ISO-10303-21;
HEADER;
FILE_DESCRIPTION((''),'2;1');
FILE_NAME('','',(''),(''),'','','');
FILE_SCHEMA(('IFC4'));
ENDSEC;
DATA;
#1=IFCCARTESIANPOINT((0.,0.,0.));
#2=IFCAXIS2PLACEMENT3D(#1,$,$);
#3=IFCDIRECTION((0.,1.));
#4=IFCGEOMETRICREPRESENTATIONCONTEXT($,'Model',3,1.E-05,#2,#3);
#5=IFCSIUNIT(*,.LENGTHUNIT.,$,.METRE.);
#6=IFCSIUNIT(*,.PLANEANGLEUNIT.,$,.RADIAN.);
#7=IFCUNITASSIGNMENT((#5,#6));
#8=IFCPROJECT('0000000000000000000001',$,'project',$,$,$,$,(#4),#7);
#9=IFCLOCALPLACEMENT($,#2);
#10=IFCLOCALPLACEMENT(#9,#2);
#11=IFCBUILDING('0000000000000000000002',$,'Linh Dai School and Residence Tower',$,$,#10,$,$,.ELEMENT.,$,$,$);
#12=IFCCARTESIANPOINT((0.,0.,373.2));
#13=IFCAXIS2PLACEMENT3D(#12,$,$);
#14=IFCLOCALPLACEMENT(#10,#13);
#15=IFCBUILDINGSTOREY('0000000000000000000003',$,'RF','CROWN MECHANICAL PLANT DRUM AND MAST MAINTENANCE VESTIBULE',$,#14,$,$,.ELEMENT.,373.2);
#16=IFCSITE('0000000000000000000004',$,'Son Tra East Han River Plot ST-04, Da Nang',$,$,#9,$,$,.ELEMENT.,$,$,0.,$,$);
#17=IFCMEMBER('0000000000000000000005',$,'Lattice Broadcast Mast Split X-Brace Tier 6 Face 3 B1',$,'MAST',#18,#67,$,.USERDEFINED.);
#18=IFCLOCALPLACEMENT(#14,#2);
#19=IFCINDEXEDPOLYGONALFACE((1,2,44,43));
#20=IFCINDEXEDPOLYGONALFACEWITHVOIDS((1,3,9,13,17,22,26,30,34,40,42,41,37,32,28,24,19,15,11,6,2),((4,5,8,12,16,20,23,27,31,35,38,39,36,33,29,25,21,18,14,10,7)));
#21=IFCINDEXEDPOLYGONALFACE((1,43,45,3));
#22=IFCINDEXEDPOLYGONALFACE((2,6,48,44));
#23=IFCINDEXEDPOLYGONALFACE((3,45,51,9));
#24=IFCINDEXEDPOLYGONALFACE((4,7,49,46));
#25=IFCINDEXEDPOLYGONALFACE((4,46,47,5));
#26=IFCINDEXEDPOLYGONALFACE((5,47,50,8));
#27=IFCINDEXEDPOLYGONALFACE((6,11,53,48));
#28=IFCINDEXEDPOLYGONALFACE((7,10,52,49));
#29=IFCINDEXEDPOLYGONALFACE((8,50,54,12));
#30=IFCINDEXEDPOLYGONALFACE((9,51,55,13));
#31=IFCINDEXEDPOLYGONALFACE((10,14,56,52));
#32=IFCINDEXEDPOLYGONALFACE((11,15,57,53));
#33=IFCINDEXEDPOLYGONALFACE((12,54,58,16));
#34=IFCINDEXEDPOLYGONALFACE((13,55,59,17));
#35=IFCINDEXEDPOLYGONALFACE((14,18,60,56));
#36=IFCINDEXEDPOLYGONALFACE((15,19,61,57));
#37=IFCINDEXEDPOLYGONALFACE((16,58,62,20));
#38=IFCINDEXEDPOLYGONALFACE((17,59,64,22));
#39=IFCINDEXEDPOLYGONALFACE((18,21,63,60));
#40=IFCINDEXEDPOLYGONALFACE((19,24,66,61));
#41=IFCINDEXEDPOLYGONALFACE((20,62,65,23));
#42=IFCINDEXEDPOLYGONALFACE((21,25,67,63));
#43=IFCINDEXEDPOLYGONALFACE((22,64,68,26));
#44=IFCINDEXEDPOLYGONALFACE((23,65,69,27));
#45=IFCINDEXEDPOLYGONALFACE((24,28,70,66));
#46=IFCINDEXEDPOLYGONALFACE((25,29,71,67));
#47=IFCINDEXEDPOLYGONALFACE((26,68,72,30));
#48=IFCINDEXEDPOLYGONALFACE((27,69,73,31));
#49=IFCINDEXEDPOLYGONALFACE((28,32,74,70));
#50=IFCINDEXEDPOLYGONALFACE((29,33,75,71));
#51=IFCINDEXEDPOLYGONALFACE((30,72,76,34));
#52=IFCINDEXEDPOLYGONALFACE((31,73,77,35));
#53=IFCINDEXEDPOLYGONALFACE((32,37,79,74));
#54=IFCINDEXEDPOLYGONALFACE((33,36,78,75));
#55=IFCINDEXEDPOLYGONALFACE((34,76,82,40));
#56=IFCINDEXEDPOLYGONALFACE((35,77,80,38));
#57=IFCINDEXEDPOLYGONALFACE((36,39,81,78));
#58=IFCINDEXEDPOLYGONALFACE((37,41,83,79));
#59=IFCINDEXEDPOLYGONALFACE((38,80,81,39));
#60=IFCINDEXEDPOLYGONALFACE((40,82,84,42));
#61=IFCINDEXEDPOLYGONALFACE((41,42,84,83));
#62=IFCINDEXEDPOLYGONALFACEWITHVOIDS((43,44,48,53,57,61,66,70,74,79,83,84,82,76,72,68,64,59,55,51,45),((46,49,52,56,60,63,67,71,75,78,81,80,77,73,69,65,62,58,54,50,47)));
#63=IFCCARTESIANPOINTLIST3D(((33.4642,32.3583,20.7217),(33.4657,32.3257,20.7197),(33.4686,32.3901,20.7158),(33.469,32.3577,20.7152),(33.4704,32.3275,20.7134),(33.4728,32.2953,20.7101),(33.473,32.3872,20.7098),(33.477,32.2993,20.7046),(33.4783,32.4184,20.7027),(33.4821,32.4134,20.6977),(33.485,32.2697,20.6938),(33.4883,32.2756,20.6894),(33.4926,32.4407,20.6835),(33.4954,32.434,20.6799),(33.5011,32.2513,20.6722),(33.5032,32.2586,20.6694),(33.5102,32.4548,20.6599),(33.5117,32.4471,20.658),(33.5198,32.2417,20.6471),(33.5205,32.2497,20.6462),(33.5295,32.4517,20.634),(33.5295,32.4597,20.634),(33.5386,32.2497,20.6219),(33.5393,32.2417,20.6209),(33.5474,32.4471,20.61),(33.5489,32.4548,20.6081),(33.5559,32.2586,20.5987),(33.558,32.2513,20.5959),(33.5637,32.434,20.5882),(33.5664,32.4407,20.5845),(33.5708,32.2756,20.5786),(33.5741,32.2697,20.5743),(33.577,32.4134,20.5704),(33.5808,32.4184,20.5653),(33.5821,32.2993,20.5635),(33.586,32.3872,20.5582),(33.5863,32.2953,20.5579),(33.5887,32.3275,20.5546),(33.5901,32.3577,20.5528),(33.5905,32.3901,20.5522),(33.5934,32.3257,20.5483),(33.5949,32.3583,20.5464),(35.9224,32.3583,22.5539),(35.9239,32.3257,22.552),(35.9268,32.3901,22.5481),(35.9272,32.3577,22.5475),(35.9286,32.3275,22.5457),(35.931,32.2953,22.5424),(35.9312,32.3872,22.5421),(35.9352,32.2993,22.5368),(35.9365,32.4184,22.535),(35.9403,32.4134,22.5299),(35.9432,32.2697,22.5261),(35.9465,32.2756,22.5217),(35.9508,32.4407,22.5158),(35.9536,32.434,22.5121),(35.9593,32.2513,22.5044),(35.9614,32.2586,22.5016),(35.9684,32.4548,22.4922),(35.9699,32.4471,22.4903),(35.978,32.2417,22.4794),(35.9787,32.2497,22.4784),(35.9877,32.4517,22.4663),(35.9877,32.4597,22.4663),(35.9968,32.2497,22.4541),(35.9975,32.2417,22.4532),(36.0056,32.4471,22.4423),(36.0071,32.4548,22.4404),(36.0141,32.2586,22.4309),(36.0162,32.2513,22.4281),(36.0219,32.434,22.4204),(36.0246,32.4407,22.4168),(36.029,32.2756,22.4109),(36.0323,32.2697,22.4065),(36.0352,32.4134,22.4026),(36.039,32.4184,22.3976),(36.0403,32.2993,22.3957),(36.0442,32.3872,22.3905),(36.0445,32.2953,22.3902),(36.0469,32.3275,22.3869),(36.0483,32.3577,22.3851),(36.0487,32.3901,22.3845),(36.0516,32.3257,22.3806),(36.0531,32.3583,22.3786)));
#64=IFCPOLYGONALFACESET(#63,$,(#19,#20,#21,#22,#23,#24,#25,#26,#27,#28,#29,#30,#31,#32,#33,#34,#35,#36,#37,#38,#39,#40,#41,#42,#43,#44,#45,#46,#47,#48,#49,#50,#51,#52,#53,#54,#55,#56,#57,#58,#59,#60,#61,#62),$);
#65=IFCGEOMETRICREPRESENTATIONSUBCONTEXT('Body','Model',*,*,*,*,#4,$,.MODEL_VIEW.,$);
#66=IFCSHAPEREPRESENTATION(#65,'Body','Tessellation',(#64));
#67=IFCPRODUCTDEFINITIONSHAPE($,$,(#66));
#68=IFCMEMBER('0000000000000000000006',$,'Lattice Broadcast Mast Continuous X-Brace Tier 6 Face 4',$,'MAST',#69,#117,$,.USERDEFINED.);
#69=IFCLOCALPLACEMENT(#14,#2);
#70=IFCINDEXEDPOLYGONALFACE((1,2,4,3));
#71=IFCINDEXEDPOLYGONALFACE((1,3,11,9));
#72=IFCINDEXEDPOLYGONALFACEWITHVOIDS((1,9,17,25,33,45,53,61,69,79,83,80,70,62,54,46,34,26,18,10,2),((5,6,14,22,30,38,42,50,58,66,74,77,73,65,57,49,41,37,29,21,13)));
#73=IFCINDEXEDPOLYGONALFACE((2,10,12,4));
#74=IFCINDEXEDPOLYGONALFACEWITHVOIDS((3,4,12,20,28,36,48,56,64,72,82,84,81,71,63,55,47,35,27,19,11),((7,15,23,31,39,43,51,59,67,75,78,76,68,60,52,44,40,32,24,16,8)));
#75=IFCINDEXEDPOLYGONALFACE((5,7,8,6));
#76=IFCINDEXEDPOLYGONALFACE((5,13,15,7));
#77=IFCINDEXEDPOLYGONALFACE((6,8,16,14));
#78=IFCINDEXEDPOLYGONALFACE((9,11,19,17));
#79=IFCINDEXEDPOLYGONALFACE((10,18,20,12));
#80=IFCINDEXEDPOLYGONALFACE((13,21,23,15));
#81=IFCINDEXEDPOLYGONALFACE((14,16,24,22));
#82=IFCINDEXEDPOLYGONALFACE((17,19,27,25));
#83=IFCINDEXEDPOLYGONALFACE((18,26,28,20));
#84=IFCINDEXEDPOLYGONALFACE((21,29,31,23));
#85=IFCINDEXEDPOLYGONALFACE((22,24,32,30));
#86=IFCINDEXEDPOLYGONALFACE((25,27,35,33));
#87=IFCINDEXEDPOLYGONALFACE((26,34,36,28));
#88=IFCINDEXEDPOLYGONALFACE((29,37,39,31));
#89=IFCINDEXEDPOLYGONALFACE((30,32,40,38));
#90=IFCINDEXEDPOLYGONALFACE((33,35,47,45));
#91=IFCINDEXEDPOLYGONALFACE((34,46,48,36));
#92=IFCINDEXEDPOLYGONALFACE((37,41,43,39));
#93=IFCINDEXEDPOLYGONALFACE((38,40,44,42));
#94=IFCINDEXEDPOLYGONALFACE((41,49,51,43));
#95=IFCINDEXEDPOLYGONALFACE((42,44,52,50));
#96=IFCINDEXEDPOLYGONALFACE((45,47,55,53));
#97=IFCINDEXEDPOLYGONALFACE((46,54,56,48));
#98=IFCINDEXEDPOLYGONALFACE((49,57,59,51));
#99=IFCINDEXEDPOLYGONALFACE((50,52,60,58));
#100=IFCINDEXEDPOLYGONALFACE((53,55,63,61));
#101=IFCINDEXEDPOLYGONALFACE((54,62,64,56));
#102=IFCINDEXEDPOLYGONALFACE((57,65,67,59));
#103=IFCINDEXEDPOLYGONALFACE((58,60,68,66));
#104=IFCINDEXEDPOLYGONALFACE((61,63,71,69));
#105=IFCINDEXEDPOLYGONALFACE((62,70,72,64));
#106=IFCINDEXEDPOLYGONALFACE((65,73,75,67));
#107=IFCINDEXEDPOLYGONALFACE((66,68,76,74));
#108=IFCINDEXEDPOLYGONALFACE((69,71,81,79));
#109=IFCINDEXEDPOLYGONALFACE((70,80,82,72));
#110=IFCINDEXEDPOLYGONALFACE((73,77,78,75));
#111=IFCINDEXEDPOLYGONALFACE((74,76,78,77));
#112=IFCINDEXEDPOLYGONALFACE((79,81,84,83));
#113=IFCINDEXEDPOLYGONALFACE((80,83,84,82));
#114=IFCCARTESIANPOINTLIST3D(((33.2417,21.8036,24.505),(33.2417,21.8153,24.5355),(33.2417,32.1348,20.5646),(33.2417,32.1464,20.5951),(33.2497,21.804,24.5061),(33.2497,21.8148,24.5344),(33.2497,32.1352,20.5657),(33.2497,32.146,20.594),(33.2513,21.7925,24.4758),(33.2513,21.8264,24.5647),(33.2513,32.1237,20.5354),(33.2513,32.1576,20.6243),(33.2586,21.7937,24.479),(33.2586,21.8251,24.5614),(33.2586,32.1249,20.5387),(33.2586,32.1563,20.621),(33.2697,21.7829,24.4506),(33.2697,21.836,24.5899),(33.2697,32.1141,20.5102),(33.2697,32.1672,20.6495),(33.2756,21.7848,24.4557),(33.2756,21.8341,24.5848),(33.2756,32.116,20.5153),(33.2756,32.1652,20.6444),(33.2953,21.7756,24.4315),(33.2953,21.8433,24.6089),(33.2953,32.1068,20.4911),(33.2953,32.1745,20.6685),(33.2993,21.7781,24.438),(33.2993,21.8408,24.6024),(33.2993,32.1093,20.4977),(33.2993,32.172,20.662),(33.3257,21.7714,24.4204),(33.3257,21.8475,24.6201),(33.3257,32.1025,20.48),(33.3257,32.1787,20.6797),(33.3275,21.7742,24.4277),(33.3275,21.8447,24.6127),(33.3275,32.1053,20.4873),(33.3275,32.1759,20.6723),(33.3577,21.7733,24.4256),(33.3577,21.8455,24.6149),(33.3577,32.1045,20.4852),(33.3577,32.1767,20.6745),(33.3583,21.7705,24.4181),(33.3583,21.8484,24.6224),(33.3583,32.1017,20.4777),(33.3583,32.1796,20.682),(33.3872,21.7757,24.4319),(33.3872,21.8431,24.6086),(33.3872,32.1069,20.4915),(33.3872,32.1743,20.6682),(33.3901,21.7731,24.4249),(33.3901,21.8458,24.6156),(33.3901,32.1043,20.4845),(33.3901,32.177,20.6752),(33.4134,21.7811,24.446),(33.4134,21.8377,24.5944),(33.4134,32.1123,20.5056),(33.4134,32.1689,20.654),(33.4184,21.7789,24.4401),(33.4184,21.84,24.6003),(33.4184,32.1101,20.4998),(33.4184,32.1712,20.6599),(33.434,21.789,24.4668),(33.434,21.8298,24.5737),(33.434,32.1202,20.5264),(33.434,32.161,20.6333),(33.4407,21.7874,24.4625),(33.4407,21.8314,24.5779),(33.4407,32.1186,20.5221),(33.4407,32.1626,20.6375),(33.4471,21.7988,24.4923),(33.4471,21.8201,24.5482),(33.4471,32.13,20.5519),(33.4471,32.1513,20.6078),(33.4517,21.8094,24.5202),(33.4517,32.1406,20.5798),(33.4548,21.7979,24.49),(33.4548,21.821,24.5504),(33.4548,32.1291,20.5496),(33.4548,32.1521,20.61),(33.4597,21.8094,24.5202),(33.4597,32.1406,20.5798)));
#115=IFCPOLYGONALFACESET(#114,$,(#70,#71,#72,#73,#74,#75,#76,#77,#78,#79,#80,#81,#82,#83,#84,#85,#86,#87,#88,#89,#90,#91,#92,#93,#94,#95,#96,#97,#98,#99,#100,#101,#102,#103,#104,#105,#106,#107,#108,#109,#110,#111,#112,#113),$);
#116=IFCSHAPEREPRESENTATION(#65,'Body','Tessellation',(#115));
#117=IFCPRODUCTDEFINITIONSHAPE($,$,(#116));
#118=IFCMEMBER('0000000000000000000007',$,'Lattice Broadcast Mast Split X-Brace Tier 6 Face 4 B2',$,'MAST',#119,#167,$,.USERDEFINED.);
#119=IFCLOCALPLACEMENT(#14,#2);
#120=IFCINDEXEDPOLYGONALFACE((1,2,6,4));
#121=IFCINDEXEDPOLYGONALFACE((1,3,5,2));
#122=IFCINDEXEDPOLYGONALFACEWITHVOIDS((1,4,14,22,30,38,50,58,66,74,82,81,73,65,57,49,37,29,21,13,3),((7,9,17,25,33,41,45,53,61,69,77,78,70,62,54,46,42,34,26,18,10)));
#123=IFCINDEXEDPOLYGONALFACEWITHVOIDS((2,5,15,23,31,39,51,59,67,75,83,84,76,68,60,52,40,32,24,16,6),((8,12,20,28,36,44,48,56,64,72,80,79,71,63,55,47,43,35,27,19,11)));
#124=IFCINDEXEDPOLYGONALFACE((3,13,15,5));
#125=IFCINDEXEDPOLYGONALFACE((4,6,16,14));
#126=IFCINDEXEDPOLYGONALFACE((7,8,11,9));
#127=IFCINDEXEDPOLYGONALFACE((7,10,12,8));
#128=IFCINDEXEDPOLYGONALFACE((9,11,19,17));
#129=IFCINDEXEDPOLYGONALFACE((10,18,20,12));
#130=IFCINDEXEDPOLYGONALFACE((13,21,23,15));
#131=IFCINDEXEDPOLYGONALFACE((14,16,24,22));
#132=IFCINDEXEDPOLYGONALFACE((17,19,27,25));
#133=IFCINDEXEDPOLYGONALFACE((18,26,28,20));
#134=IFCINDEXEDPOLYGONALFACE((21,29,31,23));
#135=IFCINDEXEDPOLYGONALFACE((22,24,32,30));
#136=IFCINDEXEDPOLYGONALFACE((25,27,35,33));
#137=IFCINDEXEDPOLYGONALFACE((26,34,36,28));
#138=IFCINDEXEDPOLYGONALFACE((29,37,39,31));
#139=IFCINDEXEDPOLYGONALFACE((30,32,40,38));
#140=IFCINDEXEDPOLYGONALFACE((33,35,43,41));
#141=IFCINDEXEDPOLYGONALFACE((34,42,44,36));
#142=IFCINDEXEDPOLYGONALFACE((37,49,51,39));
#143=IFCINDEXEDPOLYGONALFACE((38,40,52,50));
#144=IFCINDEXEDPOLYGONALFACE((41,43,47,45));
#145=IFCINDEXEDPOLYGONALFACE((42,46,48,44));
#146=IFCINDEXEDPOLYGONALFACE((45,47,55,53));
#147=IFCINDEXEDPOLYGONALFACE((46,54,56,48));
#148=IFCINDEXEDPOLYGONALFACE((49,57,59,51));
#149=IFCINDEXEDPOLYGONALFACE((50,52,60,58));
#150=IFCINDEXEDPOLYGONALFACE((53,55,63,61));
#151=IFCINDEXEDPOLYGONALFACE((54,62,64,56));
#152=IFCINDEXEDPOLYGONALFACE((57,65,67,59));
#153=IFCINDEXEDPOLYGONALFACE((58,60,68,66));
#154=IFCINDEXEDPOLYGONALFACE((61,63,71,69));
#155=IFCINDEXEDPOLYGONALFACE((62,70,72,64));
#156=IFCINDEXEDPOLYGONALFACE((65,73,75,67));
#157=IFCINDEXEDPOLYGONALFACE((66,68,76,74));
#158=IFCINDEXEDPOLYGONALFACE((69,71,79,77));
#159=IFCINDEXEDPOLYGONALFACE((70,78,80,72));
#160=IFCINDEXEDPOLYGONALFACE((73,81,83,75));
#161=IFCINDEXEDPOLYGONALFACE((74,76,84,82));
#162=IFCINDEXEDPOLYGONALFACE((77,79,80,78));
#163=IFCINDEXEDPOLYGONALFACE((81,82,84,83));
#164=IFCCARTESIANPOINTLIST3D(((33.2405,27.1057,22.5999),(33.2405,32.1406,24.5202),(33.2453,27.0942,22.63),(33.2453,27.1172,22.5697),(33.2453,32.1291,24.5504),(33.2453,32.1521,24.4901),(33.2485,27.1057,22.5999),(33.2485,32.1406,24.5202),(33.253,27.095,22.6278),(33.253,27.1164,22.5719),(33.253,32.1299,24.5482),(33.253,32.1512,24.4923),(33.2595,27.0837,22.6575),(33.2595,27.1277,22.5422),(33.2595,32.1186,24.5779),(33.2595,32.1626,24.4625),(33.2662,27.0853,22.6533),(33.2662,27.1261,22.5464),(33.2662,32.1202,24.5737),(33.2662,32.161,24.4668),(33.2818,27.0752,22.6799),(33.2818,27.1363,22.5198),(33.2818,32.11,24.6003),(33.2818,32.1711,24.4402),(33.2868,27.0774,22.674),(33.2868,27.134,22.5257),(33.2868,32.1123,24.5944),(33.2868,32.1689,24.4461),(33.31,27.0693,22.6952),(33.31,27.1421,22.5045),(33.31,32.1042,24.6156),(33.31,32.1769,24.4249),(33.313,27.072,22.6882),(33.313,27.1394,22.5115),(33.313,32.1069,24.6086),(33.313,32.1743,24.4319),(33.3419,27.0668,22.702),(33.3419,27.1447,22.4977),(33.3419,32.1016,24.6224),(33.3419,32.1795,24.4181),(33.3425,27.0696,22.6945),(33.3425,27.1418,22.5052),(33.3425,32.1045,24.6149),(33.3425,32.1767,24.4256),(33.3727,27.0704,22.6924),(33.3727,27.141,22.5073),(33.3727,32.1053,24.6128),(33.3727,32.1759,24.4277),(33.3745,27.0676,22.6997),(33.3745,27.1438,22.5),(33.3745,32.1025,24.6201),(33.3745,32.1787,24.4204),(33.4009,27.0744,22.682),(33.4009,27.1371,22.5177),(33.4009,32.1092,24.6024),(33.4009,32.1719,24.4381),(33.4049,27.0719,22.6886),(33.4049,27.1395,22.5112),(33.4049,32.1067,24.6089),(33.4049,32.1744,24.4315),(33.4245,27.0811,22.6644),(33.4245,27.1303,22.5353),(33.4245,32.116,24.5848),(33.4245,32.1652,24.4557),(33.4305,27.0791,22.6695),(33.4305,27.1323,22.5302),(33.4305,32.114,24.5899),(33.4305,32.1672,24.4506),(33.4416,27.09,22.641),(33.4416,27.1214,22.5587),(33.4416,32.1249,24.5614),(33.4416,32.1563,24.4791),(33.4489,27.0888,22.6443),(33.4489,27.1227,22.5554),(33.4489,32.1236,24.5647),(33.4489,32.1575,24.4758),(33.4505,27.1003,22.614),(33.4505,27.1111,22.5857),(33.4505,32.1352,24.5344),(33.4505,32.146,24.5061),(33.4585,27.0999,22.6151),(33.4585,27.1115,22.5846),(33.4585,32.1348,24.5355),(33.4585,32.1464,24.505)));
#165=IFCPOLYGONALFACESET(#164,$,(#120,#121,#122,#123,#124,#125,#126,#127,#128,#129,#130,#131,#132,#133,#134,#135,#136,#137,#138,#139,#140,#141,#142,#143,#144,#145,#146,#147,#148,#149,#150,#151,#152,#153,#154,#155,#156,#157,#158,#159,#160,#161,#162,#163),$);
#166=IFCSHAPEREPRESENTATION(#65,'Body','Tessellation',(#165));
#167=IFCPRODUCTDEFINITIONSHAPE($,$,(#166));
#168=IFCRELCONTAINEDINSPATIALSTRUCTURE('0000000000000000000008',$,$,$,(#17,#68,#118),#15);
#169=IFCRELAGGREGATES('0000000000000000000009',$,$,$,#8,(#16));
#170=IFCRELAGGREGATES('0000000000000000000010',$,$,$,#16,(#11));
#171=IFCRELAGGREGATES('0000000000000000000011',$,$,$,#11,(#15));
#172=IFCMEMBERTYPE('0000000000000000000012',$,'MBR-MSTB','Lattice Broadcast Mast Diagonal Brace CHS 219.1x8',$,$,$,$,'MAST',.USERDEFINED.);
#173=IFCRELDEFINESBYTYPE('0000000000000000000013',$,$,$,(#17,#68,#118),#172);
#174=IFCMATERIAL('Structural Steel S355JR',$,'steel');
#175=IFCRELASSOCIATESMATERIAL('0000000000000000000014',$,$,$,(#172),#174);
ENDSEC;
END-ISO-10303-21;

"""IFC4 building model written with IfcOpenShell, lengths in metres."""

from ifc_helpers import new_model, si_unit, direction, frame, origin, origin_2d, place, context, subcontext, project, spatial, hollow_circle, extrude, material, material_profile, profile_set, type_object, element, save


model = new_model("IFC4")

# Units and contexts
model_context = context("Model", 3, precision=1e-05, world=origin(), true_north=direction((0.0, 1.0)))
body_context = subcontext(model_context, "Body", "Model", "MODEL_VIEW")
ifc_project = project(units=[si_unit("LENGTHUNIT", "METRE"), si_unit("PLANEANGLEUNIT", "RADIAN")], contexts=[model_context])

# Site, building, storey
site_placement = place(None, origin())
site = spatial("IfcSite", under=ifc_project, at=site_placement, Name="Son Tra East Han River Plot ST-04, Da Nang", CompositionType="ELEMENT", RefElevation=0.0)
building_placement = place(site_placement, origin())
building = spatial("IfcBuilding", under=site, at=building_placement, Name="Linh Dai School and Residence Tower", CompositionType="ELEMENT")
storey_placement = place(building_placement, frame((0.0, 0.0, 373.2)))
storey = spatial("IfcBuildingStorey", under=building, at=storey_placement, Name="RF", Description="CROWN MECHANICAL PLANT DRUM AND MAST MAINTENANCE VESTIBULE", CompositionType="ELEMENT", Elevation=373.2)

# Shared definitions
ifc_material = material(Name="Structural Steel S355JR", Category="steel")

# Members
ifc_material_profile_1 = material_profile(ifc_material, hollow_circle(Radius=0.1096, WallThickness=0.0081, at=origin_2d()), Name="CHS 219.1x8")
ifc_profile_set_1 = profile_set([ifc_material_profile_1], Name="Structural Steel S355JR")
member_type = type_object("IfcMemberType", Name="MBR-MSTB", Description="Lattice Broadcast Mast Diagonal Brace CHS 219.1x8", ElementType="MAST", PredefinedType="USERDEFINED", material=ifc_profile_set_1)
member_1_placement = place(storey_placement, frame((33.5295, 32.3501, 20.634), z_axis=(0.801783, 0.0, 0.597615), x_axis=(0.0, 1.0, 0.0)))
element("IfcMember", 1, at=member_1_placement, inside=storey, type_object=member_type, Name="Lattice Broadcast Mast Split X-Brace Tier 6 Face 3 B1", ObjectType="MAST", PredefinedType="USERDEFINED", context=body_context, shape_type="SweptSolid", body=[
    extrude(hollow_circle(Radius=0.1096, WallThickness=0.0081, at=origin_2d()), origin(), (0.0, 0.0, 1.0), 3.0659),
])
member_2_placement = place(storey_placement, frame((33.3501, 32.1406, 20.5798), z_axis=(0.0, -0.934346, 0.356366), x_axis=(1.0, 0.0, 0.0)))
element("IfcMember", 2, at=member_2_placement, inside=storey, type_object=member_type, Name="Lattice Broadcast Mast Continuous X-Brace Tier 6 Face 4", ObjectType="MAST", PredefinedType="USERDEFINED", context=body_context, shape_type="SweptSolid", body=[
    extrude(hollow_circle(Radius=0.1096, WallThickness=0.0081, at=origin_2d()), origin(), (0.0, 0.0, 1.0), 11.0571),
])
member_3_placement = place(storey_placement, frame((33.3501, 27.1057, 22.5999), z_axis=(0.0, 0.934343, 0.356376), x_axis=(-1.0, 0.0, 0.0)))
element("IfcMember", 3, at=member_3_placement, inside=storey, type_object=member_type, Name="Lattice Broadcast Mast Split X-Brace Tier 6 Face 4 B2", ObjectType="MAST", PredefinedType="USERDEFINED", context=body_context, shape_type="SweptSolid", body=[
    extrude(hollow_circle(Radius=0.1096, WallThickness=0.0081, at=origin_2d()), origin(), (0.0, 0.0, 1.0), 5.3887),
])

save(model, "model.ifc")
